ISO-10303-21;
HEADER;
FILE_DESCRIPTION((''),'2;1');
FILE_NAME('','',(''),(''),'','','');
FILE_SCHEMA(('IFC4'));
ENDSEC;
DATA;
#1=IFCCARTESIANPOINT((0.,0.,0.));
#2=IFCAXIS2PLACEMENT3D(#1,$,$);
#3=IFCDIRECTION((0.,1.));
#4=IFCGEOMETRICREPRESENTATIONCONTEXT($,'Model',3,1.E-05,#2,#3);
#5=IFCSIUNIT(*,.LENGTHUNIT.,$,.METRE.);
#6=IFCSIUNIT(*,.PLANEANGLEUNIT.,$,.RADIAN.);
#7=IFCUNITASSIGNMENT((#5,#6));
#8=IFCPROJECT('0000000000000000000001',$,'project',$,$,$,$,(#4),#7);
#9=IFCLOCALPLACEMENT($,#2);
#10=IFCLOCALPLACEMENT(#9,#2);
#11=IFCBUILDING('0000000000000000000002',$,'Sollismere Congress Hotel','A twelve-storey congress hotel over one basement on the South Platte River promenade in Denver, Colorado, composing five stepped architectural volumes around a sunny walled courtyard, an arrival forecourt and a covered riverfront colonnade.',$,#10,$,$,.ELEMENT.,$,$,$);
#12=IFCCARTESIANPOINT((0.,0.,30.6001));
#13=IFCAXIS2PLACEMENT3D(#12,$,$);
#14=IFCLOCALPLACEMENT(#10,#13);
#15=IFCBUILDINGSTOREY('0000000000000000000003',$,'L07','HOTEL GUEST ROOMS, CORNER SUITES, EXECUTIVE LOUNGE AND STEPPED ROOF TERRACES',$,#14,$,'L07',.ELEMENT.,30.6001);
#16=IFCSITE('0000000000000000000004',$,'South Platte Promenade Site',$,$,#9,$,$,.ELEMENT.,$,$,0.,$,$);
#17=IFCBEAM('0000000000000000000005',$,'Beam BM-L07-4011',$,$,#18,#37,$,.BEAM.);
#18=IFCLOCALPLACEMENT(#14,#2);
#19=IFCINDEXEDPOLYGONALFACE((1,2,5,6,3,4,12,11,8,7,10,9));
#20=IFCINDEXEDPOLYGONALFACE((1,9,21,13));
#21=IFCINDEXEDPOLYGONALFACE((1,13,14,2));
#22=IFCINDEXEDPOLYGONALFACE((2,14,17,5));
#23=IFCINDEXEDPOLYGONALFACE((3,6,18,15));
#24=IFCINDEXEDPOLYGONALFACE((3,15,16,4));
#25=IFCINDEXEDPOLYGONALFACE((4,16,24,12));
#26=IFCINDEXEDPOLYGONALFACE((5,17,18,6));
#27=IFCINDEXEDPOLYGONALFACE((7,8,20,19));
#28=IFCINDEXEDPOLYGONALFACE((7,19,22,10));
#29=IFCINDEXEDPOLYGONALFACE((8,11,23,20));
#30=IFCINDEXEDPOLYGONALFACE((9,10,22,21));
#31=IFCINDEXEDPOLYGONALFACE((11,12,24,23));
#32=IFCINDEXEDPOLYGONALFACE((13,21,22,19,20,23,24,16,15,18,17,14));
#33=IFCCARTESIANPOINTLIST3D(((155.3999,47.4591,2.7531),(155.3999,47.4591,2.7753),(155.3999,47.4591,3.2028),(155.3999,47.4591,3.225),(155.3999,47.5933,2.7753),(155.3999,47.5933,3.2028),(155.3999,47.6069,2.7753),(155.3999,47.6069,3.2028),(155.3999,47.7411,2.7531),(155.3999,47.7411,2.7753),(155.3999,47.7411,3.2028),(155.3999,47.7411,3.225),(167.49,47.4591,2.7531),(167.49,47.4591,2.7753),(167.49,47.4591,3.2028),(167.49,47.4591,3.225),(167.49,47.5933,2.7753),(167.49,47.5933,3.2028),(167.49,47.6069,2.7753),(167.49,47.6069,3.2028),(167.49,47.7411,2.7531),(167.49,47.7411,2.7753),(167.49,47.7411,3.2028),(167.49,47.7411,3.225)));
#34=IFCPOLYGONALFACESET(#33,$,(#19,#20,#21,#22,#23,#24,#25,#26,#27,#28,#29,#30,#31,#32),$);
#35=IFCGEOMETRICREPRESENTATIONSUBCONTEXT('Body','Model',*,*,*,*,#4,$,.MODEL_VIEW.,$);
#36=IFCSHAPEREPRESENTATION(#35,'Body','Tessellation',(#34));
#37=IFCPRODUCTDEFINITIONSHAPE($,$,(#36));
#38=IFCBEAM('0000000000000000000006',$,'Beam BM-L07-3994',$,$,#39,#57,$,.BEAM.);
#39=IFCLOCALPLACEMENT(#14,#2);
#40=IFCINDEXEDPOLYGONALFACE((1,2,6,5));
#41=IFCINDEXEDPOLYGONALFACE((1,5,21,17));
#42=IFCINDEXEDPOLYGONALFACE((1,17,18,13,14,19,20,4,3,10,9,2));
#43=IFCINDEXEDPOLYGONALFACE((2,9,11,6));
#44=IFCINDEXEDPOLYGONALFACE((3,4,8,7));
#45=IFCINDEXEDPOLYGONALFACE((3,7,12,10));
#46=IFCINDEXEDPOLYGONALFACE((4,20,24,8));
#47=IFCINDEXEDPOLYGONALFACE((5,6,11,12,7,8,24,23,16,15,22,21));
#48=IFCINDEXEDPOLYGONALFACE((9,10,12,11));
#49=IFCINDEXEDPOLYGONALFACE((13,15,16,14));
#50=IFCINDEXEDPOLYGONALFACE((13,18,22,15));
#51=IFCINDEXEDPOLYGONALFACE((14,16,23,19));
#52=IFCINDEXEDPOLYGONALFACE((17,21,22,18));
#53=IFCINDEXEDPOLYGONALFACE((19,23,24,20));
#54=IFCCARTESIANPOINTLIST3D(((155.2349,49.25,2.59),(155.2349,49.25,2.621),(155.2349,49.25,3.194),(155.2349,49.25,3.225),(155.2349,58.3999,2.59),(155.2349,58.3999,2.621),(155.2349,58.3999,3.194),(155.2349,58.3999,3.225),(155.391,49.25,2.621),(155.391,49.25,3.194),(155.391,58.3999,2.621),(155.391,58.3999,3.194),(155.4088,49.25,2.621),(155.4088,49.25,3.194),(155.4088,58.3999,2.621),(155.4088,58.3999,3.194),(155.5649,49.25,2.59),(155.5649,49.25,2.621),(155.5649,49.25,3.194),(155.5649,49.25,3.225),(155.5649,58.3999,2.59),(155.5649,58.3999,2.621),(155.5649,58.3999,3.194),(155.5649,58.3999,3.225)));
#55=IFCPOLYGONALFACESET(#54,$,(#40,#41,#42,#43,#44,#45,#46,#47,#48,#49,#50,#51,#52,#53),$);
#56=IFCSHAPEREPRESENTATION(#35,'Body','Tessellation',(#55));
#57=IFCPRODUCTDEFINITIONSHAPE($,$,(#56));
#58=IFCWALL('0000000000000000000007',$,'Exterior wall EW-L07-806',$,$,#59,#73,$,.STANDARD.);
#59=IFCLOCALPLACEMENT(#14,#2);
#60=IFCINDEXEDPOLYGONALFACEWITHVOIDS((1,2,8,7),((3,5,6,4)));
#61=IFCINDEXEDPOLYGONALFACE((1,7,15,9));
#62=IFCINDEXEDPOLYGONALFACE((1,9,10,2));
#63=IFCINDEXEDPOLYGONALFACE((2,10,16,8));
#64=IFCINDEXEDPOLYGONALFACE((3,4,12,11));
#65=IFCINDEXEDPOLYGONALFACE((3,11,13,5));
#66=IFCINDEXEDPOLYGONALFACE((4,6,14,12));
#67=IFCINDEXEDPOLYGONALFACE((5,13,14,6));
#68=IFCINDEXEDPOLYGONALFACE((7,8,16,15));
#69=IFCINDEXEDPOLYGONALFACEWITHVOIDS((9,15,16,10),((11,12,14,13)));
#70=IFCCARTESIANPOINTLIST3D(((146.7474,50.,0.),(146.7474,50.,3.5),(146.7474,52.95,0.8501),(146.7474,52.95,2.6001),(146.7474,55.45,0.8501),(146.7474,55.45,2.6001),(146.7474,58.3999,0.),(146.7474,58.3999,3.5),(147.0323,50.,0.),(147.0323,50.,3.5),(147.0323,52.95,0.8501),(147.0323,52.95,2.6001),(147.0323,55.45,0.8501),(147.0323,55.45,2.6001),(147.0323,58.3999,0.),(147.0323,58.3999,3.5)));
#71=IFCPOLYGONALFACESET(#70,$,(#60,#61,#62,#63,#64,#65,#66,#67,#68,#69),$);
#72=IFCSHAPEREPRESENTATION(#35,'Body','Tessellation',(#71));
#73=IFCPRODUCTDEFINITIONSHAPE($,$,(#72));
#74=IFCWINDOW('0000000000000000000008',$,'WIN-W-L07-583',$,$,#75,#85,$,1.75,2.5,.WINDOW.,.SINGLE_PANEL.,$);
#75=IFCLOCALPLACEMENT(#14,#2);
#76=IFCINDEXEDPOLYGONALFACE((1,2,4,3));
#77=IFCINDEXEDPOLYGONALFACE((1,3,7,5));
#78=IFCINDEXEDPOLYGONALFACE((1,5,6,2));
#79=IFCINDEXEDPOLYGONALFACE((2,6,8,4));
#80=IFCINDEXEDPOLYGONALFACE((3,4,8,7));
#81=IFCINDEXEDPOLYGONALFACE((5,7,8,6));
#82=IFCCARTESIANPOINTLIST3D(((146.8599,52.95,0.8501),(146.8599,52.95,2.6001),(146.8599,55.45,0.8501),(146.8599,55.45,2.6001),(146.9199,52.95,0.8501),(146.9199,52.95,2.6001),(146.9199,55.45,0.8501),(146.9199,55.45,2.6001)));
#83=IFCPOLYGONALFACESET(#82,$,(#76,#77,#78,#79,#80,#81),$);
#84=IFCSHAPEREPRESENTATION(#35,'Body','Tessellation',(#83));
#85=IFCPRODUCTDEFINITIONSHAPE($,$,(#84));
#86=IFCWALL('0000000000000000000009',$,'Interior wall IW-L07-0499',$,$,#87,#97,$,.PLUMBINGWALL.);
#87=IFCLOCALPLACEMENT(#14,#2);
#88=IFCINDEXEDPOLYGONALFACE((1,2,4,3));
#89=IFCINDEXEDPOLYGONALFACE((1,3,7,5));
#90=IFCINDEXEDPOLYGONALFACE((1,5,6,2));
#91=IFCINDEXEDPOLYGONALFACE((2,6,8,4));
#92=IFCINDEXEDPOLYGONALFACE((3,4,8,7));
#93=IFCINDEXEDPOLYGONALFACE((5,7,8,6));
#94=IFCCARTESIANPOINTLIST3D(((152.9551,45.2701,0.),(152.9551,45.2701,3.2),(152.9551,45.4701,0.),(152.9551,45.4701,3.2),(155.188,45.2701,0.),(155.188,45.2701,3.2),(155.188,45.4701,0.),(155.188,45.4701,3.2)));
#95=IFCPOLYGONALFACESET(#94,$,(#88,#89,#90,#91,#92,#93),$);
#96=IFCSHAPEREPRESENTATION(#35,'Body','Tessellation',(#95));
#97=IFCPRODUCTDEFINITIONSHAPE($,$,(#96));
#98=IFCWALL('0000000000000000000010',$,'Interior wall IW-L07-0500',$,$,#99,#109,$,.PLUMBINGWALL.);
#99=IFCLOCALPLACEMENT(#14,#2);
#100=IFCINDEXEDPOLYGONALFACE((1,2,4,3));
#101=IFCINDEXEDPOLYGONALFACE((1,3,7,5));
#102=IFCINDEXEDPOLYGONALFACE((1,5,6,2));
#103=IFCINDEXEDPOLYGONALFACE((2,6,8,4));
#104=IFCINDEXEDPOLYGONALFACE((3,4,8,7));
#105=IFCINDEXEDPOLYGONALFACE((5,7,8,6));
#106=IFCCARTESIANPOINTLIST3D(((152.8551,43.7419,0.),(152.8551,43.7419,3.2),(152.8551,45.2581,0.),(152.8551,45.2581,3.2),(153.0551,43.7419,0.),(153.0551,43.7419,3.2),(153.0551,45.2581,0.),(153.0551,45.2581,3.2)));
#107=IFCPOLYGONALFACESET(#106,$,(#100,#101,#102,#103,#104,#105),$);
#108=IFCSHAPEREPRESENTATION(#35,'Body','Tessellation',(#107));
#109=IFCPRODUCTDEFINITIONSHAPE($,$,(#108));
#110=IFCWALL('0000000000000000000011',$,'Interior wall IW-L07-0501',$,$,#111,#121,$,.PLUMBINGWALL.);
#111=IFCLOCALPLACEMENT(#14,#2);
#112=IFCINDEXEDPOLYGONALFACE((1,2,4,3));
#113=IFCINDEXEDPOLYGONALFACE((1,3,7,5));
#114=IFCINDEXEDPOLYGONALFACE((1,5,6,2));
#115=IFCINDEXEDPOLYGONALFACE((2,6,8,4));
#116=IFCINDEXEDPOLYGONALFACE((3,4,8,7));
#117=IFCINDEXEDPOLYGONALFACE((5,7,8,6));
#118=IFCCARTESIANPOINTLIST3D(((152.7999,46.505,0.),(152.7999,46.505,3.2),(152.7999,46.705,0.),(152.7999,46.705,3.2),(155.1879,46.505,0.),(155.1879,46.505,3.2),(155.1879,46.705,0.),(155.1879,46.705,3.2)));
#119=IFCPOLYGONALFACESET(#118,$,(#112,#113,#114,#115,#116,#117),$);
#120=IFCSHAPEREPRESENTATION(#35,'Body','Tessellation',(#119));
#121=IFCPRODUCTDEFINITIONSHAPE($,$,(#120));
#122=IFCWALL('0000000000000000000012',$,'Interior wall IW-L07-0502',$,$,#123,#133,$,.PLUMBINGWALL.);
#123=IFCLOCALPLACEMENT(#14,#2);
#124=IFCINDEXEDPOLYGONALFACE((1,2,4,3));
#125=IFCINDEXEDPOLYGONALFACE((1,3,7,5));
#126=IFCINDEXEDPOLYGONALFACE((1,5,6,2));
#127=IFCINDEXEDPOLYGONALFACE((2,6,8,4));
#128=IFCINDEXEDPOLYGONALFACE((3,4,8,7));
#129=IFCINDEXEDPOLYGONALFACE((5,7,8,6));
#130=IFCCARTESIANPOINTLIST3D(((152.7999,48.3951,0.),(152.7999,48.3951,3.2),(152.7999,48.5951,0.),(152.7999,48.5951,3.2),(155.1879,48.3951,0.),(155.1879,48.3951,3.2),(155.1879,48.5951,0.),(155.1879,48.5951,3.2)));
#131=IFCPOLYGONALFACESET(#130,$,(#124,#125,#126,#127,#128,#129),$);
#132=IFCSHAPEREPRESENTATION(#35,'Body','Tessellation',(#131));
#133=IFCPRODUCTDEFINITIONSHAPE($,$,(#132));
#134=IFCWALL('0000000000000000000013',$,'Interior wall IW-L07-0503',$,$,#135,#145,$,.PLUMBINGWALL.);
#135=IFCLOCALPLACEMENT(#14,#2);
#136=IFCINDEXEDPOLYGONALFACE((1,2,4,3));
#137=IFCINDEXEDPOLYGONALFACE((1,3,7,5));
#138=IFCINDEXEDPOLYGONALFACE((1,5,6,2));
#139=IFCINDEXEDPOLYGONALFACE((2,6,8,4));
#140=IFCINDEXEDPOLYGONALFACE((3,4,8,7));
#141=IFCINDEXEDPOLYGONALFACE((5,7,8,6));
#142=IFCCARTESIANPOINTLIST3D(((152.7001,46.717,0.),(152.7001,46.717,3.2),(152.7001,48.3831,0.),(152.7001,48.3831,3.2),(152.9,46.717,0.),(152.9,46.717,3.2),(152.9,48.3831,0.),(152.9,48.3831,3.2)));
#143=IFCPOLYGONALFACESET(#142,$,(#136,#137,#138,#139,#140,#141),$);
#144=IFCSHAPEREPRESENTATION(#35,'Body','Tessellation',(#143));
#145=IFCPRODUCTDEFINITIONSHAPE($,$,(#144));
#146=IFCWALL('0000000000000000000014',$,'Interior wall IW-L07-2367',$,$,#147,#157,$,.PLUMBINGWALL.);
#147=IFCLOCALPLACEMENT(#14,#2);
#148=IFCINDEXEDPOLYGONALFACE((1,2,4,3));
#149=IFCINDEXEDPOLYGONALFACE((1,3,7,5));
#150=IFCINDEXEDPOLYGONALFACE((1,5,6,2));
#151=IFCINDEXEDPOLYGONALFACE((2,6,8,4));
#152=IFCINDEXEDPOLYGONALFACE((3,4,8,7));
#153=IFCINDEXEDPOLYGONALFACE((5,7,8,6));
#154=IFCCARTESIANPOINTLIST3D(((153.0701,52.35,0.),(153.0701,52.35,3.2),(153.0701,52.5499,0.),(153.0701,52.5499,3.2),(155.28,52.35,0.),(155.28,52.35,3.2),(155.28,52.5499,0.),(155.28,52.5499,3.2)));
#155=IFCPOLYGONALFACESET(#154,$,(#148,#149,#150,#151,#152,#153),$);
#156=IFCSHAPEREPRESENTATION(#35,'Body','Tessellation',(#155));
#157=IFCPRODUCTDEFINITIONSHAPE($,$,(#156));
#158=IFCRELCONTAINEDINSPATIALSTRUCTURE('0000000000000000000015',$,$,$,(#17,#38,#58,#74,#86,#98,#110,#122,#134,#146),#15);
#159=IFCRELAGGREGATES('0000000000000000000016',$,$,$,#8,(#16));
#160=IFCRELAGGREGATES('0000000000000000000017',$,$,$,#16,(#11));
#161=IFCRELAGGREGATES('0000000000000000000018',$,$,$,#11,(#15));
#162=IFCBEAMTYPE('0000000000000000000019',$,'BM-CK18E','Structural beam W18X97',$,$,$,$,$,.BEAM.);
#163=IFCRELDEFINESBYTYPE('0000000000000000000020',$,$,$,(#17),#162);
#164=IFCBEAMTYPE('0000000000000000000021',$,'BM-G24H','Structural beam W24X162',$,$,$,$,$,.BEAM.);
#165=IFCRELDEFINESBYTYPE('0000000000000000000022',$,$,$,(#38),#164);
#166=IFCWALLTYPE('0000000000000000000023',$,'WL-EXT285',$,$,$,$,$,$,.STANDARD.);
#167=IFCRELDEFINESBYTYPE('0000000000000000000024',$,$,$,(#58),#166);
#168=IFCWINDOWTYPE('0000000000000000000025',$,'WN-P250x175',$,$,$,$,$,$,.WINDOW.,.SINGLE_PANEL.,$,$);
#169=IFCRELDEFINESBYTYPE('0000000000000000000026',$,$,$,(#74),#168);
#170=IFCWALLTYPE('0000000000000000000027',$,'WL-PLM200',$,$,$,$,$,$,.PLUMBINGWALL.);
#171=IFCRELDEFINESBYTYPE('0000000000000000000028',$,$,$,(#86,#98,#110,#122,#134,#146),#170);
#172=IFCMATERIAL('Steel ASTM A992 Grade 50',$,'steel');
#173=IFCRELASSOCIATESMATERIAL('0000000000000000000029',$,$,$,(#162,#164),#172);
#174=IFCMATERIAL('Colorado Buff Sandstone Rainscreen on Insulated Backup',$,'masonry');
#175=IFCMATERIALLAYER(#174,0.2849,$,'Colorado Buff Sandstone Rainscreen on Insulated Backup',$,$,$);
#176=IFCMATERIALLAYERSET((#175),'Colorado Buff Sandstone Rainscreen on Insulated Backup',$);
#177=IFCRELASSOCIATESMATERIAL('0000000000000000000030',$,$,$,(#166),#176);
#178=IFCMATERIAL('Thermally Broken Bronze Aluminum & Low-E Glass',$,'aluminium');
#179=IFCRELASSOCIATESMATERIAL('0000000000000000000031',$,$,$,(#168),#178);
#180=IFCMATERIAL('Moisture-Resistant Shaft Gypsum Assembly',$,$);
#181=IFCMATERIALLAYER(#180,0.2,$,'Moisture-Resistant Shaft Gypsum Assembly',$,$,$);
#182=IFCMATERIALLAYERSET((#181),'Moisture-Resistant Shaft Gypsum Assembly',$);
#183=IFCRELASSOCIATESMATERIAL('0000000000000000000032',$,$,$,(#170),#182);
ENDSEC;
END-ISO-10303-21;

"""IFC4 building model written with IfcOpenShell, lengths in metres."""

from ifc_helpers import new_model, si_unit, direction, frame, frame_2d, origin, origin_2d, place, context, subcontext, project, spatial, rectangle, i_section, extrude, material, layer, layer_set, material_profile, profile_set, type_object, element, fill, save


model = new_model("IFC4")

# Units and contexts
model_context = context("Model", 3, precision=1e-05, world=origin(), true_north=direction((0.0, 1.0)))
body_context = subcontext(model_context, "Body", "Model", "MODEL_VIEW")
ifc_project = project(units=[si_unit("LENGTHUNIT", "METRE"), si_unit("PLANEANGLEUNIT", "RADIAN")], contexts=[model_context])

# Site, building, storey
site_placement = place(None, origin())
site = spatial("IfcSite", under=ifc_project, at=site_placement, Name="South Platte Promenade Site", CompositionType="ELEMENT", RefElevation=0.0)
building_placement = place(site_placement, origin())
building = spatial("IfcBuilding", under=site, at=building_placement, Name="Sollismere Congress Hotel", Description="A twelve-storey congress hotel over one basement on the South Platte River promenade in Denver, Colorado, composing five stepped architectural volumes around a sunny walled courtyard, an arrival forecourt and a covered riverfront colonnade.", CompositionType="ELEMENT")
storey_placement = place(building_placement, frame((0.0, 0.0, 30.6001)))
storey = spatial("IfcBuildingStorey", under=building, at=storey_placement, Name="L07", Description="HOTEL GUEST ROOMS, CORNER SUITES, EXECUTIVE LOUNGE AND STEPPED ROOF TERRACES", LongName="L07", CompositionType="ELEMENT", Elevation=30.6001)

# Beams
ifc_material_1 = material(Name="Steel ASTM A992 Grade 50", Category="steel")
ifc_material_profile_1 = material_profile(ifc_material_1, i_section(OverallWidth=0.282, OverallDepth=0.4719, WebThickness=0.0137, FlangeThickness=0.0222, at=origin_2d()), Name="W18X97")
ifc_profile_set_1 = profile_set([ifc_material_profile_1], Name="Steel ASTM A992 Grade 50")
beam_type_1 = type_object("IfcBeamType", Name="BM-CK18E", Description="Structural beam W18X97", PredefinedType="BEAM", material=ifc_profile_set_1)
beam_1_placement = place(storey_placement, frame((155.3999, 47.6001, 2.989), z_axis=(1.0, 0.0, 0.0), x_axis=(0.0, 1.0, 0.0)))
element("IfcBeam", 1, at=beam_1_placement, inside=storey, type_object=beam_type_1, Name="Beam BM-L07-4011", PredefinedType="BEAM", context=body_context, shape_type="SweptSolid", body=[
    extrude(i_section(OverallWidth=0.282, OverallDepth=0.4719, WebThickness=0.0137, FlangeThickness=0.0222, at=origin_2d()), origin(), (0.0, 0.0, 1.0), 12.0901),
])
ifc_material_profile_2 = material_profile(ifc_material_1, i_section(OverallWidth=0.3301, OverallDepth=0.635, WebThickness=0.0178, FlangeThickness=0.031, at=origin_2d()), Name="W24X162")
ifc_profile_set_2 = profile_set([ifc_material_profile_2], Name="Steel ASTM A992 Grade 50")
beam_type_2 = type_object("IfcBeamType", Name="BM-G24H", Description="Structural beam W24X162", PredefinedType="BEAM", material=ifc_profile_set_2)
beam_2_placement = place(storey_placement, frame((155.3999, 49.25, 2.9075), z_axis=(0.0, 1.0, 0.0), x_axis=(-1.0, 0.0, 0.0)))
element("IfcBeam", 2, at=beam_2_placement, inside=storey, type_object=beam_type_2, Name="Beam BM-L07-3994", PredefinedType="BEAM", context=body_context, shape_type="SweptSolid", body=[
    extrude(i_section(OverallWidth=0.3301, OverallDepth=0.635, WebThickness=0.0178, FlangeThickness=0.031, at=origin_2d()), origin(), (0.0, 0.0, 1.0), 9.1499),
])

# Wall, opening, window
ifc_material_2 = material(Name="Colorado Buff Sandstone Rainscreen on Insulated Backup", Category="masonry")
ifc_layer_1 = layer(ifc_material_2, 0.2849, Name="Colorado Buff Sandstone Rainscreen on Insulated Backup")
ifc_layer_set_1 = layer_set([ifc_layer_1], Name="Colorado Buff Sandstone Rainscreen on Insulated Backup")
wall_type_1 = type_object("IfcWallType", Name="WL-EXT285", PredefinedType="STANDARD", material=ifc_layer_set_1)
wall_1_placement = place(storey_placement, frame((146.8899, 50.0, 0.0), z_axis=(0.0, 0.0, 1.0), x_axis=(0.0, 1.0, 0.0)))
wall_1 = element("IfcWall", 3, at=wall_1_placement, inside=storey, type_object=wall_type_1, Name="Exterior wall EW-L07-806", PredefinedType="STANDARD", context=body_context, shape_type="SweptSolid", body=[
    extrude(rectangle(XDim=8.3999, YDim=0.2849, at=frame_2d((4.2, 0.0))), origin(), (0.0, 0.0, 1.0), 3.5),
])
opening_1_placement = place(wall_1_placement, frame((2.95, 0.0, 0.8501)))
opening_1 = element("IfcOpeningElement", 4, at=opening_1_placement, cuts=wall_1, PredefinedType="OPENING", context=body_context, shape_type="SweptSolid", body=[
    extrude(rectangle(XDim=2.5, YDim=1.75, at=frame_2d((1.25, 0.875))), frame((0.0, 0.1523, 0.0), z_axis=(0.0, -1.0, 0.0), x_axis=(1.0, 0.0, 0.0)), (0.0, 0.0, 1.0), 0.3049),
])
ifc_material_3 = material(Name="Thermally Broken Bronze Aluminum & Low-E Glass", Category="aluminium")
window_type = type_object("IfcWindowType", Name="WN-P250x175", PartitioningType="SINGLE_PANEL", PredefinedType="WINDOW", material=ifc_material_3)
window_placement = place(opening_1_placement, origin())
window = element("IfcWindow", 5, at=window_placement, inside=storey, type_object=window_type, Name="WIN-W-L07-583", OverallHeight=1.75, OverallWidth=2.5, PartitioningType="SINGLE_PANEL", PredefinedType="WINDOW", context=body_context, shape_type="SweptSolid", body=[
    extrude(rectangle(XDim=2.5, YDim=1.75, at=frame_2d((1.25, 0.875))), frame((0.0, 0.03, 0.0), z_axis=(0.0, -1.0, 0.0), x_axis=(1.0, 0.0, 0.0)), (0.0, 0.0, 1.0), 0.0601),
])
fill(opening_1, window)

# Walls
ifc_material_4 = material(Name="Moisture-Resistant Shaft Gypsum Assembly")
ifc_layer_2 = layer(ifc_material_4, 0.2, Name="Moisture-Resistant Shaft Gypsum Assembly")
ifc_layer_set_2 = layer_set([ifc_layer_2], Name="Moisture-Resistant Shaft Gypsum Assembly")
wall_type_2 = type_object("IfcWallType", Name="WL-PLM200", PredefinedType="PLUMBINGWALL", material=ifc_layer_set_2)
wall_2_placement = place(storey_placement, frame((152.9551, 45.3701, 0.0), z_axis=(0.0, 0.0, 1.0), x_axis=(1.0, 0.0, 0.0)))
element("IfcWall", 6, at=wall_2_placement, inside=storey, type_object=wall_type_2, Name="Interior wall IW-L07-0499", PredefinedType="PLUMBINGWALL", context=body_context, shape_type="SweptSolid", body=[
    extrude(rectangle(XDim=2.2329, YDim=0.2, at=frame_2d((1.1165, 0.0))), origin(), (0.0, 0.0, 1.0), 3.2),
])
wall_3_placement = place(storey_placement, frame((152.9551, 43.7419, 0.0), z_axis=(0.0, 0.0, 1.0), x_axis=(0.0, 1.0, 0.0)))
element("IfcWall", 7, at=wall_3_placement, inside=storey, type_object=wall_type_2, Name="Interior wall IW-L07-0500", PredefinedType="PLUMBINGWALL", context=body_context, shape_type="SweptSolid", body=[
    extrude(rectangle(XDim=1.5161, YDim=0.2, at=frame_2d((0.7581, 0.0))), origin(), (0.0, 0.0, 1.0), 3.2),
])
for number, where, z_axis, x_axis, name in (
    (8, (152.8, 46.605, 0.0), (0.0, 0.0, 1.0), (1.0, 0.0, 0.0), "Interior wall IW-L07-0501"),
    (9, (152.8, 48.4951, 0.0), (0.0, 0.0, 1.0), (1.0, 0.0, 0.0), "Interior wall IW-L07-0502"),
):
    element("IfcWall", number, at=place(storey_placement, frame(where, z_axis=z_axis, x_axis=x_axis)), inside=storey, type_object=wall_type_2, Name=name, PredefinedType="PLUMBINGWALL", context=body_context, shape_type="SweptSolid", body=[
        extrude(rectangle(XDim=2.3879, YDim=0.2, at=frame_2d((1.1938, 0.0))), origin(), (0.0, 0.0, 1.0), 3.2),
    ])
wall_4_placement = place(storey_placement, frame((152.8, 46.717, 0.0), z_axis=(0.0, 0.0, 1.0), x_axis=(0.0, 1.0, 0.0)))
element("IfcWall", 10, at=wall_4_placement, inside=storey, type_object=wall_type_2, Name="Interior wall IW-L07-0503", PredefinedType="PLUMBINGWALL", context=body_context, shape_type="SweptSolid", body=[
    extrude(rectangle(XDim=1.666, YDim=0.2, at=frame_2d((0.833, 0.0))), origin(), (0.0, 0.0, 1.0), 3.2),
])
wall_5_placement = place(storey_placement, frame((153.0701, 52.45, 0.0), z_axis=(0.0, 0.0, 1.0), x_axis=(1.0, 0.0, 0.0)))
element("IfcWall", 11, at=wall_5_placement, inside=storey, type_object=wall_type_2, Name="Interior wall IW-L07-2367", PredefinedType="PLUMBINGWALL", context=body_context, shape_type="SweptSolid", body=[
    extrude(rectangle(XDim=2.21, YDim=0.2, at=frame_2d((1.105, 0.0))), origin(), (0.0, 0.0, 1.0), 3.2),
])

save(model, "model.ifc")
